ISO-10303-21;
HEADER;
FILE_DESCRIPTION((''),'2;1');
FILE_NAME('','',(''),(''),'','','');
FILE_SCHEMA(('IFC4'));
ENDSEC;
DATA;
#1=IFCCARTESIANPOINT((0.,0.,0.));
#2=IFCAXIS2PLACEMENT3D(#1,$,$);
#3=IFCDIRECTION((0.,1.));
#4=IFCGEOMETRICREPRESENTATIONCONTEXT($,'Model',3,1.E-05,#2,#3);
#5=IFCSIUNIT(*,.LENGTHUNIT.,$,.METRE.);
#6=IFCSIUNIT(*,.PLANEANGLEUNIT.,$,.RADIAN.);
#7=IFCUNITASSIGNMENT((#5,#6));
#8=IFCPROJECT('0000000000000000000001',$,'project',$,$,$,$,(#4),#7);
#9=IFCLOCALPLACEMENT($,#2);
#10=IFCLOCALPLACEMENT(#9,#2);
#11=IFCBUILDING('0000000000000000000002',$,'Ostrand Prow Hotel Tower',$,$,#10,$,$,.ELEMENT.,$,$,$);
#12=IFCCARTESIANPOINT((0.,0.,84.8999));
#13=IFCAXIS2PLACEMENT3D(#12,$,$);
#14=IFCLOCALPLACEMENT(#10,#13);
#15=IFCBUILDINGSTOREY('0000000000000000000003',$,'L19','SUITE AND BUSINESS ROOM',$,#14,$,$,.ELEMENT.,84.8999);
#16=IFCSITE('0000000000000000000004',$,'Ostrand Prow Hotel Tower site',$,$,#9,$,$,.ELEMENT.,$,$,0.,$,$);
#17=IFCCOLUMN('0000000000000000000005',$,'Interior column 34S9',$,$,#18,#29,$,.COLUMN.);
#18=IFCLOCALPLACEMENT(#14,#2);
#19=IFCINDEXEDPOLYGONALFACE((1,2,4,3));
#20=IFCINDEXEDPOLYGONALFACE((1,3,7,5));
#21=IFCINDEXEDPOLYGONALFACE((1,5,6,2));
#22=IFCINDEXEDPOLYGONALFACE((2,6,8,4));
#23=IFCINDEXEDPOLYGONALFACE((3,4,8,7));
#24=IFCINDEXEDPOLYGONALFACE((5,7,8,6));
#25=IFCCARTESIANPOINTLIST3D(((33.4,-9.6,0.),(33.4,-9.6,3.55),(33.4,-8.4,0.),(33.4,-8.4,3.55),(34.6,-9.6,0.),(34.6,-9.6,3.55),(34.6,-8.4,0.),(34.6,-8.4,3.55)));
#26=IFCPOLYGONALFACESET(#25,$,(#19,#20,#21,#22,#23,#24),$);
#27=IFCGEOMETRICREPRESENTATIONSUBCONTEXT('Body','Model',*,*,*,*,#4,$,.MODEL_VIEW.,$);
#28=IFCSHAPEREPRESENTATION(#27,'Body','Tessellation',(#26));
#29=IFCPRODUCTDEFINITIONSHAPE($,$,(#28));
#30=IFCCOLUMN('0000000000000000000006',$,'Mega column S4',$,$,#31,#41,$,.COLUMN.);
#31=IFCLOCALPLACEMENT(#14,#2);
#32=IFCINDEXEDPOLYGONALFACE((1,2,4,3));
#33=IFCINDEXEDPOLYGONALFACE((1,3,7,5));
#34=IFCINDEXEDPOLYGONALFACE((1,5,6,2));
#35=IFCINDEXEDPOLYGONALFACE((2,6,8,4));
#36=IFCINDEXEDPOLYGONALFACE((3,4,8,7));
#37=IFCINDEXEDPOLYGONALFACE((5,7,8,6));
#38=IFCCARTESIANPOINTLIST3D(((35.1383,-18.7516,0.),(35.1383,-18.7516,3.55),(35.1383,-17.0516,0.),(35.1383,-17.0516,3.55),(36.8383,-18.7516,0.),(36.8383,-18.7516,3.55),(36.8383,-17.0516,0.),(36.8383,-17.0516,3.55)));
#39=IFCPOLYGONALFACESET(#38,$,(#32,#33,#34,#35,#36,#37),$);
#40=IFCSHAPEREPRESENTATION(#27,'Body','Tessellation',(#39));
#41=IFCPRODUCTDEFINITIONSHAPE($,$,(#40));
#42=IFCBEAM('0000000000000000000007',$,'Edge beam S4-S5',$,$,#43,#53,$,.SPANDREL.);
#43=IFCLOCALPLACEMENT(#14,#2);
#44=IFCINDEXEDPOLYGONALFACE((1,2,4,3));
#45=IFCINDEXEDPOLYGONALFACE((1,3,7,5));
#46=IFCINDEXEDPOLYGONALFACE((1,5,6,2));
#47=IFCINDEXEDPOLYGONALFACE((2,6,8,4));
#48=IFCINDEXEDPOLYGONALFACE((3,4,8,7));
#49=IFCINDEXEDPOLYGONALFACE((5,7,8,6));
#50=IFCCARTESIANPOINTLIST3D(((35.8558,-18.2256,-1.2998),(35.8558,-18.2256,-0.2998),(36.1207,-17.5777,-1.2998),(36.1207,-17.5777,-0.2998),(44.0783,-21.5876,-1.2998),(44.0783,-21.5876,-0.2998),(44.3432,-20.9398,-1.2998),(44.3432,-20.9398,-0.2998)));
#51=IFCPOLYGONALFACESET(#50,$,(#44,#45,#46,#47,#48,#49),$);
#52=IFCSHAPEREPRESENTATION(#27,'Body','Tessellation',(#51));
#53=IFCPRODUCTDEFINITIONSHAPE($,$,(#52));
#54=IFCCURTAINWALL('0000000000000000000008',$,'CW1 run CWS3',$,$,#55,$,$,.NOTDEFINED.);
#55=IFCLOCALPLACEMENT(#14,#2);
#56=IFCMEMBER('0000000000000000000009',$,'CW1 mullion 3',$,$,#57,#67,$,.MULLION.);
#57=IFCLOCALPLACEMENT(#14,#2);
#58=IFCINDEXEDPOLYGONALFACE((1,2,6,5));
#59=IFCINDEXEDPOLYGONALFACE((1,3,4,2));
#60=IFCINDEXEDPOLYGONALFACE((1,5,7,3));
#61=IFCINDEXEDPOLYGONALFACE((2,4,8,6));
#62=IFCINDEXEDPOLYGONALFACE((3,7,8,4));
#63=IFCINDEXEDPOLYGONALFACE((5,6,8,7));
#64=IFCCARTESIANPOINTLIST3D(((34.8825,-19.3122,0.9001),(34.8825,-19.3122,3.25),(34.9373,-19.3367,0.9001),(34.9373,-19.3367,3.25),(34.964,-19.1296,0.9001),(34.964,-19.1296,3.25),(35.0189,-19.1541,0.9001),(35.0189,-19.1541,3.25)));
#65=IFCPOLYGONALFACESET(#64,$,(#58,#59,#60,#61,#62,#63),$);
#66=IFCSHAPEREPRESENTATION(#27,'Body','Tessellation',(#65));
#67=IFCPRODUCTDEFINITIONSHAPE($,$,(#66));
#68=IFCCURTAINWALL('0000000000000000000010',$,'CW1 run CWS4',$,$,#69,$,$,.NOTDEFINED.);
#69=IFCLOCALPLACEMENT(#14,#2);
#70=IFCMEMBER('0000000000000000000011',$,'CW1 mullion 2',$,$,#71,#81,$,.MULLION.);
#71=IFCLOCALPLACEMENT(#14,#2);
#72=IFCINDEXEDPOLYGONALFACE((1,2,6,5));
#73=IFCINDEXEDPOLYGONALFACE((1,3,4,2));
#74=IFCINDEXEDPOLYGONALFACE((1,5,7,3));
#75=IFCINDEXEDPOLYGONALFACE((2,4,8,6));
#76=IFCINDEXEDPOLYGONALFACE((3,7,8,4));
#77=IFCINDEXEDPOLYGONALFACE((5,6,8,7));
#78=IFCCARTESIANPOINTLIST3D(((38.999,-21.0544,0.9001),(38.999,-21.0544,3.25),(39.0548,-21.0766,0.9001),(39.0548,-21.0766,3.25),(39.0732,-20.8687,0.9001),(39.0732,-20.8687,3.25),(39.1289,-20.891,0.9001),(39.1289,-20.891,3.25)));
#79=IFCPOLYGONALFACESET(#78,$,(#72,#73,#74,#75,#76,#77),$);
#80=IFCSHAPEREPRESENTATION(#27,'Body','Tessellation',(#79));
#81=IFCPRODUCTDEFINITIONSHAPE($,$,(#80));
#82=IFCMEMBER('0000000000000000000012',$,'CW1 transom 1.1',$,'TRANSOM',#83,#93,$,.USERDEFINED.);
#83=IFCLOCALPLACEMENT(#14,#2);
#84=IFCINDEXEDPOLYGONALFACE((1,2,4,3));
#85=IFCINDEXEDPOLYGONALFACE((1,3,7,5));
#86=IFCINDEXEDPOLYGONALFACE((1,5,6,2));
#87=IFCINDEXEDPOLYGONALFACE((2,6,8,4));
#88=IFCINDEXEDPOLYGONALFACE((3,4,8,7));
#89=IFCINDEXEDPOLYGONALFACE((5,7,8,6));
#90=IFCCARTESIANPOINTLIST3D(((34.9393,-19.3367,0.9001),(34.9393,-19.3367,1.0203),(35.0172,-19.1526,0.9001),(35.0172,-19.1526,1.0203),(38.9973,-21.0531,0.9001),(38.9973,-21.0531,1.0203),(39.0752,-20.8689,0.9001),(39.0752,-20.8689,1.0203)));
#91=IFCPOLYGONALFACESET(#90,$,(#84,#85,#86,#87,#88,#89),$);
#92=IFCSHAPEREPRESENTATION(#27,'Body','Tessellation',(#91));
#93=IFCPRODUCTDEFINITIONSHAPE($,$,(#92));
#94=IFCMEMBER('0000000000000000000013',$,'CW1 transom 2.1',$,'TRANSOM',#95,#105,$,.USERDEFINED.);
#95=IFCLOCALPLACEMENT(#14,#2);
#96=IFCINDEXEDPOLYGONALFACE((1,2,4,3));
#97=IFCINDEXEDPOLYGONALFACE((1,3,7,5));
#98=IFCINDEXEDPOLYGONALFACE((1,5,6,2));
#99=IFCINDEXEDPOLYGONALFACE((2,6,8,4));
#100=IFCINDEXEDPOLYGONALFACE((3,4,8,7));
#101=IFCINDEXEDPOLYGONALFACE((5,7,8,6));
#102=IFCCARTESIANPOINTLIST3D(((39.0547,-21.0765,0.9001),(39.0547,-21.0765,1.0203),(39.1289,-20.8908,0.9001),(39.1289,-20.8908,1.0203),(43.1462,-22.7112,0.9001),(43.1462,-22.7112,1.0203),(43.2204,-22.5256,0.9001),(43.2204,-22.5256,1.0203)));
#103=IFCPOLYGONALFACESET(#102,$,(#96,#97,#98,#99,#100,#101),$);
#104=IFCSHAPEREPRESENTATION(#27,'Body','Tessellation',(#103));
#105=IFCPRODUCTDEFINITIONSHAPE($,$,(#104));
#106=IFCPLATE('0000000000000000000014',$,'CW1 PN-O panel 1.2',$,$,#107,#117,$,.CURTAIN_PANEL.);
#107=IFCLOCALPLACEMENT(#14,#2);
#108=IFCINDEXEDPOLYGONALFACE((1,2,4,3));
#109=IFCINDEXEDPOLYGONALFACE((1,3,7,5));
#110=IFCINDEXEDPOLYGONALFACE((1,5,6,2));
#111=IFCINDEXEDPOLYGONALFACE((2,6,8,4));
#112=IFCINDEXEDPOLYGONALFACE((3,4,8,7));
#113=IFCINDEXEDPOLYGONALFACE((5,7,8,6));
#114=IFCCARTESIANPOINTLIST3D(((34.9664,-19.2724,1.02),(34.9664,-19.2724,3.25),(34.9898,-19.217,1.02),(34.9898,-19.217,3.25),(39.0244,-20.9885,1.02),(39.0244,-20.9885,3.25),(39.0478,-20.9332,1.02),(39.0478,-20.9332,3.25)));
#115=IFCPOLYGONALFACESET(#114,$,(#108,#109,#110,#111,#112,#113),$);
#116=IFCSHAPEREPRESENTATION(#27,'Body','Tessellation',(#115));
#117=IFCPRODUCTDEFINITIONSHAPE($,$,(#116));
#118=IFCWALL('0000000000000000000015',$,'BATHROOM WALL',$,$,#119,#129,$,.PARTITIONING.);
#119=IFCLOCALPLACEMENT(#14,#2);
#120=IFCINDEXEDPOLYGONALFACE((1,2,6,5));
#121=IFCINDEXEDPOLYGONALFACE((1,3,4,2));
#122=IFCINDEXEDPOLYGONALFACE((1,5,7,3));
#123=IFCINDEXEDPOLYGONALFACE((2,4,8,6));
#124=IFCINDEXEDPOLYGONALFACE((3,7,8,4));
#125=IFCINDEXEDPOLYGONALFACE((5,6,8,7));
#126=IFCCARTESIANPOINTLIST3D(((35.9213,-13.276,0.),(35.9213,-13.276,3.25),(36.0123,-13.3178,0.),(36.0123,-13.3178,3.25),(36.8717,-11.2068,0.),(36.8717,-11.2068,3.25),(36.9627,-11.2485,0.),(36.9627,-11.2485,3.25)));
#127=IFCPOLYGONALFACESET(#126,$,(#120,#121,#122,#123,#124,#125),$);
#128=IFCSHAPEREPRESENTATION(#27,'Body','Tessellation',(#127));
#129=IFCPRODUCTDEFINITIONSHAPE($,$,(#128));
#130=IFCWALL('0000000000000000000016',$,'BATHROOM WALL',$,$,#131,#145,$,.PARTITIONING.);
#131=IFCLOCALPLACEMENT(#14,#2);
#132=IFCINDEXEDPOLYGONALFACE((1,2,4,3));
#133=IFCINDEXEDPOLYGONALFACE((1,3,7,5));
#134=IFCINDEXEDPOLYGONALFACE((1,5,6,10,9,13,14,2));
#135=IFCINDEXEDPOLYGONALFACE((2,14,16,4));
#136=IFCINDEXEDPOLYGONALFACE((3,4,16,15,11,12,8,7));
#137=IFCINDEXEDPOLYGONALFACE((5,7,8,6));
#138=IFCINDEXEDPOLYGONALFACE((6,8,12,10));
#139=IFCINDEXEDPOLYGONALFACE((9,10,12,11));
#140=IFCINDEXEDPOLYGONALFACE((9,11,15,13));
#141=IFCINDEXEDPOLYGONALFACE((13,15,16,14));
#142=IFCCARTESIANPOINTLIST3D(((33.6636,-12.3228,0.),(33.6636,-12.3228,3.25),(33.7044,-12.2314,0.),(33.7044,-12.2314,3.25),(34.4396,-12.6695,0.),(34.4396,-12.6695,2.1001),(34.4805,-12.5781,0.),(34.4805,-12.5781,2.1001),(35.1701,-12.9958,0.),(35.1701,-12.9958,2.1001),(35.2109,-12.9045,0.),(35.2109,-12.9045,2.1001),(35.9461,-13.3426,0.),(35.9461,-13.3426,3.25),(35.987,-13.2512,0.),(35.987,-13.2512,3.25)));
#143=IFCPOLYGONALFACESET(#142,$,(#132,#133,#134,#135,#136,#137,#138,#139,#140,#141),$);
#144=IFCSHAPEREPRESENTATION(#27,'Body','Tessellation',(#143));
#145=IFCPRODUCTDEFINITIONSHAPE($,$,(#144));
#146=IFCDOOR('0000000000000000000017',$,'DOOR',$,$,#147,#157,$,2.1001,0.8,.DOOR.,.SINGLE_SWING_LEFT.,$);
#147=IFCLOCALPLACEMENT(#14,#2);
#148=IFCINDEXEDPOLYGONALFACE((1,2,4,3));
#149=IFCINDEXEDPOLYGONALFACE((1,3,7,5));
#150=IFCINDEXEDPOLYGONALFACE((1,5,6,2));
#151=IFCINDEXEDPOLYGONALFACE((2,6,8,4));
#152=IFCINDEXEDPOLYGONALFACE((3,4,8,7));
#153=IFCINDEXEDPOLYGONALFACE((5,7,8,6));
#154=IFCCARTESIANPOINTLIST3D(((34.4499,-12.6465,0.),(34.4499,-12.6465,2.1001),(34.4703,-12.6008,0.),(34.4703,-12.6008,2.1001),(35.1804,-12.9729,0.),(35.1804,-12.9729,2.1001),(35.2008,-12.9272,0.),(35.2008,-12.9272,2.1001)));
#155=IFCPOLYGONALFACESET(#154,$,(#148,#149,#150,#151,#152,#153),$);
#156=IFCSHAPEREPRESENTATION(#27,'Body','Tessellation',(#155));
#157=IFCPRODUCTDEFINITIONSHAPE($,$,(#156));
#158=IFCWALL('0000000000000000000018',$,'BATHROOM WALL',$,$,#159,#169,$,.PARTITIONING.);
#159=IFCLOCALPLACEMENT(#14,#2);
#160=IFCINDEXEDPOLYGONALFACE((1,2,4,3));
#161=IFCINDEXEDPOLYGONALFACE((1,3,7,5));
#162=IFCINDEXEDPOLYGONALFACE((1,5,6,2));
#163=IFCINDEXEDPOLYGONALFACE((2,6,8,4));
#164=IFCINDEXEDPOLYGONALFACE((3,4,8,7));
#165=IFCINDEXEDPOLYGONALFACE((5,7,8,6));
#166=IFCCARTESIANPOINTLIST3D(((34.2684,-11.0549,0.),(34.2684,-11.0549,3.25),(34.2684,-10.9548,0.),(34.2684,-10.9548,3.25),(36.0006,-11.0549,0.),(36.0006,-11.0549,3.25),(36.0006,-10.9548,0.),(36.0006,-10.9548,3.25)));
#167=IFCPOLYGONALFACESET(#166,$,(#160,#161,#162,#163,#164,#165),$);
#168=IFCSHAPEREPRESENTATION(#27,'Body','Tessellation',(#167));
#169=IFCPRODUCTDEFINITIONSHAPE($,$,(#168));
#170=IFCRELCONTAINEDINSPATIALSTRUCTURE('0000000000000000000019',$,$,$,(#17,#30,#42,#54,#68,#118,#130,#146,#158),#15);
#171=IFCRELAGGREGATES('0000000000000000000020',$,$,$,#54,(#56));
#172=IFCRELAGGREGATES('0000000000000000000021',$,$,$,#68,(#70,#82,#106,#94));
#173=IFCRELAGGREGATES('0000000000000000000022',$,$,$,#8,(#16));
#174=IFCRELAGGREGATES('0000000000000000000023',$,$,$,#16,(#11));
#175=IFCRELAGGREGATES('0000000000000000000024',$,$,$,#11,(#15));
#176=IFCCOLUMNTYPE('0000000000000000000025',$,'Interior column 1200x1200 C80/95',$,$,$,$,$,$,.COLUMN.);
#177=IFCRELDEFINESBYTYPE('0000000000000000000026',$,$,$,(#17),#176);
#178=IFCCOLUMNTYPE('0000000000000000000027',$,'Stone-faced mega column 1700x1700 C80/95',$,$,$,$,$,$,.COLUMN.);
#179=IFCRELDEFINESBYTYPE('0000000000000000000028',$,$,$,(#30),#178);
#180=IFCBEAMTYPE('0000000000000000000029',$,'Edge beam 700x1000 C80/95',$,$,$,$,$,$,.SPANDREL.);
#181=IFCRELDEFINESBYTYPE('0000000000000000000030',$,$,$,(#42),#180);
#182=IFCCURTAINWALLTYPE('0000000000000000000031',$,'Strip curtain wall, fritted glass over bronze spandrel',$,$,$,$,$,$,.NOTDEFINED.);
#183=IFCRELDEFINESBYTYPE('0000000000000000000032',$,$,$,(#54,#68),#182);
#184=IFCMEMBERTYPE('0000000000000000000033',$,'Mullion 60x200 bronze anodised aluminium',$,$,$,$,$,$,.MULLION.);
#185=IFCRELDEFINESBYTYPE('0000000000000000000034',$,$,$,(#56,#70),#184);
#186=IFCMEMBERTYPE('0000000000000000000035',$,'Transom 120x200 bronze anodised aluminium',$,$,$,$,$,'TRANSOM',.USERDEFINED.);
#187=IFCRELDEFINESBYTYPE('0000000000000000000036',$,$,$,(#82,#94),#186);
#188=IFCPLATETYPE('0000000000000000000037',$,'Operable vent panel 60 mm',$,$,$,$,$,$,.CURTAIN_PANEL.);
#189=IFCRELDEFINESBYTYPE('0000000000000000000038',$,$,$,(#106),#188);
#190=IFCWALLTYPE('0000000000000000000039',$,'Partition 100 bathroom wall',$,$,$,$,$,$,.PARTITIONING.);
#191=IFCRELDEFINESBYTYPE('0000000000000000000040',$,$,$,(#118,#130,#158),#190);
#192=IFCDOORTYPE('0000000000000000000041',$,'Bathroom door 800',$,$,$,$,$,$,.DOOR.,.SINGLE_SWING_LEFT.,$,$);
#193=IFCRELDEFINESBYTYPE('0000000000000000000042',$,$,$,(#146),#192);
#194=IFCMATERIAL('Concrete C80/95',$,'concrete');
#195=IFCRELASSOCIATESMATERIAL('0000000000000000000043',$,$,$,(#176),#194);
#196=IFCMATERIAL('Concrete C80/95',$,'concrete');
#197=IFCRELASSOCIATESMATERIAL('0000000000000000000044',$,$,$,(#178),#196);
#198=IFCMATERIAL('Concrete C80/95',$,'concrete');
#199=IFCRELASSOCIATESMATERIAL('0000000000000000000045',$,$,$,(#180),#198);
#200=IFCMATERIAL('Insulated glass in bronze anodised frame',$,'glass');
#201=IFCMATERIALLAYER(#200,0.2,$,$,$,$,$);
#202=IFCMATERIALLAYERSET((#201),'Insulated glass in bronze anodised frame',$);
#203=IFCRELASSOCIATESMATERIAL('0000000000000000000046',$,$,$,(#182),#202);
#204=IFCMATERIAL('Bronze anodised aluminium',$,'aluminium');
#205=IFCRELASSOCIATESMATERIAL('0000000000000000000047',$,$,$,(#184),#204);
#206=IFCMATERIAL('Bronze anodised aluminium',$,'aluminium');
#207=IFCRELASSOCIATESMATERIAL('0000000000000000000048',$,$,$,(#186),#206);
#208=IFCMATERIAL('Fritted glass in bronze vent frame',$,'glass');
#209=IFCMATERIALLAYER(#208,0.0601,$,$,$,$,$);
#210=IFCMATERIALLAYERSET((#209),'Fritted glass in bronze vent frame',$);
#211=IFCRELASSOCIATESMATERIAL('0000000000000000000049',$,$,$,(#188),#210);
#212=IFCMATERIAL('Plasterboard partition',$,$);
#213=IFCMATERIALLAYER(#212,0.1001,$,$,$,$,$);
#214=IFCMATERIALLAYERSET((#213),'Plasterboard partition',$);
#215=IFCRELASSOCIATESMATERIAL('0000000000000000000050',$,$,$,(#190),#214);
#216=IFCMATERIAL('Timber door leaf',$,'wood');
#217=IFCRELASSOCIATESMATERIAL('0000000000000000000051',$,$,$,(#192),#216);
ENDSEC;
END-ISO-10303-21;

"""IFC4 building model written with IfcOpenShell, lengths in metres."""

from ifc_helpers import new_model, si_unit, direction, frame, frame_2d, origin, origin_2d, place, context, subcontext, project, spatial, rectangle, extrude, material, layer, layer_set, material_profile, profile_set, type_object, element, fill, aggregate, save


model = new_model("IFC4")

# Units and contexts
model_context = context("Model", 3, precision=1e-05, world=origin(), true_north=direction((0.0, 1.0)))
body_context = subcontext(model_context, "Body", "Model", "MODEL_VIEW")
ifc_project = project(units=[si_unit("LENGTHUNIT", "METRE"), si_unit("PLANEANGLEUNIT", "RADIAN")], contexts=[model_context])

# Site, building, storey
site_placement = place(None, origin())
site = spatial("IfcSite", under=ifc_project, at=site_placement, Name="Ostrand Prow Hotel Tower site", CompositionType="ELEMENT", RefElevation=0.0)
building_placement = place(site_placement, origin())
building = spatial("IfcBuilding", under=site, at=building_placement, Name="Ostrand Prow Hotel Tower", CompositionType="ELEMENT")
storey_placement = place(building_placement, frame((0.0, 0.0, 84.8999)))
storey = spatial("IfcBuildingStorey", under=building, at=storey_placement, Name="L19", Description="SUITE AND BUSINESS ROOM", CompositionType="ELEMENT", Elevation=84.8999)

# Columns
ifc_material_1 = material(Name="Concrete C80/95", Category="concrete")
ifc_material_profile_1 = material_profile(ifc_material_1, rectangle(XDim=1.2, YDim=1.2, at=origin_2d()), Name="RC 1200x1200")
ifc_profile_set_1 = profile_set([ifc_material_profile_1], Name="Concrete C80/95")
column_type_1 = type_object("IfcColumnType", Name="Interior column 1200x1200 C80/95", PredefinedType="COLUMN", material=ifc_profile_set_1)
column_1_placement = place(storey_placement, frame((34.0, -9.0, 0.0), z_axis=(0.0, 0.0, 1.0), x_axis=(1.0, 0.0, 0.0)))
element("IfcColumn", 1, at=column_1_placement, inside=storey, type_object=column_type_1, Name="Interior column 34S9", PredefinedType="COLUMN", context=body_context, shape_type="SweptSolid", body=[
    extrude(rectangle(XDim=1.2, YDim=1.2, at=origin_2d()), origin(), (0.0, 0.0, 1.0), 3.55),
])
ifc_material_2 = material(Name="Concrete C80/95", Category="concrete")
ifc_material_profile_2 = material_profile(ifc_material_2, rectangle(XDim=1.7, YDim=1.7, at=origin_2d()), Name="RC 1700x1700")
ifc_profile_set_2 = profile_set([ifc_material_profile_2], Name="Concrete C80/95")
column_type_2 = type_object("IfcColumnType", Name="Stone-faced mega column 1700x1700 C80/95", PredefinedType="COLUMN", material=ifc_profile_set_2)
column_2_placement = place(storey_placement, frame((35.9883, -17.9016, 0.0), z_axis=(0.0, 0.0, 1.0), x_axis=(1.0, 0.0, 0.0)))
element("IfcColumn", 2, at=column_2_placement, inside=storey, type_object=column_type_2, Name="Mega column S4", PredefinedType="COLUMN", context=body_context, shape_type="SweptSolid", body=[
    extrude(rectangle(XDim=1.7, YDim=1.7, at=origin_2d()), origin(), (0.0, 0.0, 1.0), 3.55),
])

# Beam
ifc_material_3 = material(Name="Concrete C80/95", Category="concrete")
ifc_material_profile_3 = material_profile(ifc_material_3, rectangle(XDim=0.7, YDim=1.0, at=origin_2d()), Name="RC 700x1000")
ifc_profile_set_3 = profile_set([ifc_material_profile_3], Name="Concrete C80/95")
beam_type = type_object("IfcBeamType", Name="Edge beam 700x1000 C80/95", PredefinedType="SPANDREL", material=ifc_profile_set_3)
beam_placement = place(storey_placement, frame((35.9883, -17.9016, -0.7998), z_axis=(0.925612, -0.378473, 0.0), x_axis=(0.378473, 0.925612, 0.0)))
element("IfcBeam", 3, at=beam_placement, inside=storey, type_object=beam_type, Name="Edge beam S4-S5", PredefinedType="SPANDREL", context=body_context, shape_type="SweptSolid", body=[
    extrude(rectangle(XDim=0.7, YDim=1.0, at=origin_2d()), origin(), (0.0, 0.0, 1.0), 8.8833),
])

# Curtain wall, member
ifc_material_4 = material(Name="Insulated glass in bronze anodised frame", Category="glass")
ifc_layer_1 = layer(ifc_material_4, 0.2)
ifc_layer_set_1 = layer_set([ifc_layer_1], Name="Insulated glass in bronze anodised frame")
curtain_wall_type = type_object("IfcCurtainWallType", Name="Strip curtain wall, fritted glass over bronze spandrel", PredefinedType="NOTDEFINED", material=ifc_layer_set_1)
curtain_wall_1_placement = place(storey_placement, origin())
curtain_wall_1 = element("IfcCurtainWall", 4, at=curtain_wall_1_placement, inside=storey, type_object=curtain_wall_type, Name="CW1 run CWS3", PredefinedType="NOTDEFINED")
ifc_material_5 = material(Name="Bronze anodised aluminium", Category="aluminium")
ifc_material_profile_4 = material_profile(ifc_material_5, rectangle(XDim=0.2, YDim=0.0601, at=origin_2d()), Name="Mullion 60x200 bronze anodised aluminium")
ifc_profile_set_4 = profile_set([ifc_material_profile_4], Name="Bronze anodised aluminium")
member_type_1 = type_object("IfcMemberType", Name="Mullion 60x200 bronze anodised aluminium", PredefinedType="MULLION", material=ifc_profile_set_4)
member_1_placement = place(storey_placement, frame((34.9507, -19.2332, 0.9001), z_axis=(0.0, 0.0, 1.0), x_axis=(0.407875, 0.913038, 0.0)))
member_1 = element("IfcMember", 5, at=member_1_placement, type_object=member_type_1, Name="CW1 mullion 3", PredefinedType="MULLION", context=body_context, shape_type="SweptSolid", body=[
    extrude(rectangle(XDim=0.2, YDim=0.0601, at=origin_2d()), origin(), (0.0, 0.0, 1.0), 2.3499),
])
aggregate(curtain_wall_1, [member_1])

# Curtain wall, members, plate
curtain_wall_2_placement = place(storey_placement, origin())
curtain_wall_2 = element("IfcCurtainWall", 6, at=curtain_wall_2_placement, inside=storey, type_object=curtain_wall_type, Name="CW1 run CWS4", PredefinedType="NOTDEFINED")
member_2_placement = place(storey_placement, frame((39.064, -20.9727, 0.9001), z_axis=(0.0, 0.0, 1.0), x_axis=(0.370982, 0.92864, 0.0)))
member_2 = element("IfcMember", 7, at=member_2_placement, type_object=member_type_1, Name="CW1 mullion 2", PredefinedType="MULLION", context=body_context, shape_type="SweptSolid", body=[
    extrude(rectangle(XDim=0.2, YDim=0.0601, at=origin_2d()), origin(), (0.0, 0.0, 1.0), 2.3499),
])
ifc_material_6 = material(Name="Bronze anodised aluminium", Category="aluminium")
ifc_material_profile_5 = material_profile(ifc_material_6, rectangle(XDim=0.2, YDim=0.1201, at=origin_2d()), Name="Transom 120x200 bronze anodised aluminium")
ifc_profile_set_5 = profile_set([ifc_material_profile_5], Name="Bronze anodised aluminium")
member_type_2 = type_object("IfcMemberType", Name="Transom 120x200 bronze anodised aluminium", ElementType="TRANSOM", PredefinedType="USERDEFINED", material=ifc_profile_set_5)
member_3_placement = place(storey_placement, frame((34.9783, -19.2446, 0.9602), z_axis=(0.921006, -0.389548, 0.0), x_axis=(0.389548, 0.921006, 0.0)))
member_3 = element("IfcMember", 8, at=member_3_placement, type_object=member_type_2, Name="CW1 transom 1.1", ObjectType="TRANSOM", PredefinedType="USERDEFINED", context=body_context, shape_type="SweptSolid", body=[
    extrude(rectangle(XDim=0.2, YDim=0.1201, at=origin_2d()), origin(), (0.0, 0.0, 1.0), 4.406),
])
member_4_placement = place(storey_placement, frame((39.0918, -20.9836, 0.9602), z_axis=(0.928622, -0.371028, 0.0), x_axis=(0.371028, 0.928622, 0.0)))
member_4 = element("IfcMember", 9, at=member_4_placement, type_object=member_type_2, Name="CW1 transom 2.1", ObjectType="TRANSOM", PredefinedType="USERDEFINED", context=body_context, shape_type="SweptSolid", body=[
    extrude(rectangle(XDim=0.2, YDim=0.1201, at=origin_2d()), origin(), (0.0, 0.0, 1.0), 4.406),
])
ifc_material_7 = material(Name="Fritted glass in bronze vent frame", Category="glass")
ifc_layer_2 = layer(ifc_material_7, 0.0601)
ifc_layer_set_2 = layer_set([ifc_layer_2], Name="Fritted glass in bronze vent frame")
plate_type = type_object("IfcPlateType", Name="Operable vent panel 60 mm", PredefinedType="CURTAIN_PANEL", material=ifc_layer_set_2)
plate_placement = place(storey_placement, frame((37.0071, -20.1028, 1.02), z_axis=(0.0, 0.0, 1.0), x_axis=(0.921024, -0.389507, 0.0)))
plate = element("IfcPlate", 10, at=plate_placement, type_object=plate_type, Name="CW1 PN-O panel 1.2", PredefinedType="CURTAIN_PANEL", context=body_context, shape_type="SweptSolid", body=[
    extrude(rectangle(XDim=4.406, YDim=0.0601, at=origin_2d()), origin(), (0.0, 0.0, 1.0), 2.23),
])
aggregate(curtain_wall_2, [member_2, member_3, plate, member_4])

# Wall
ifc_material_8 = material(Name="Plasterboard partition")
ifc_layer_3 = layer(ifc_material_8, 0.1001)
ifc_layer_set_3 = layer_set([ifc_layer_3], Name="Plasterboard partition")
wall_type_1 = type_object("IfcWallType", Name="Partition 100 bathroom wall", PredefinedType="PARTITIONING", material=ifc_layer_set_3)
wall_1_placement = place(storey_placement, frame((36.9172, -11.2275, 0.0), z_axis=(0.0, 0.0, 1.0), x_axis=(-0.417378, -0.908733, 0.0)))
element("IfcWall", 11, at=wall_1_placement, inside=storey, type_object=wall_type_1, Name="BATHROOM WALL", PredefinedType="PARTITIONING", context=body_context, shape_type="SweptSolid", body=[
    extrude(rectangle(XDim=2.2771, YDim=0.1001, at=frame_2d((1.1387, 0.0))), origin(), (0.0, 0.0, 1.0), 3.25),
])

# Wall, opening, door
wall_2_placement = place(storey_placement, frame((35.9666, -13.2969, 0.0), z_axis=(0.0, 0.0, 1.0), x_axis=(-0.913016, 0.407923, 0.0)))
wall_2 = element("IfcWall", 12, at=wall_2_placement, inside=storey, type_object=wall_type_1, Name="BATHROOM WALL", PredefinedType="PARTITIONING", context=body_context, shape_type="SweptSolid", body=[
    extrude(rectangle(XDim=2.5, YDim=0.1001, at=frame_2d((1.25, 0.0))), origin(), (0.0, 0.0, 1.0), 3.25),
])
opening_1_placement = place(wall_2_placement, frame((0.8501, 0.0, 0.0)))
opening_1 = element("IfcOpeningElement", 13, at=opening_1_placement, cuts=wall_2, PredefinedType="OPENING", context=body_context, shape_type="SweptSolid", body=[
    extrude(rectangle(XDim=0.8, YDim=2.1001, at=frame_2d((0.3999, 1.05))), frame((0.0, 0.0601, 0.0), z_axis=(0.0, -1.0, 0.0), x_axis=(1.0, 0.0, 0.0)), (0.0, 0.0, 1.0), 0.1201),
])
ifc_material_9 = material(Name="Timber door leaf", Category="wood")
door_type_1 = type_object("IfcDoorType", Name="Bathroom door 800", OperationType="SINGLE_SWING_LEFT", PredefinedType="DOOR", material=ifc_material_9)
door_1_placement = place(opening_1_placement, origin())
door_1 = element("IfcDoor", 14, at=door_1_placement, inside=storey, type_object=door_type_1, Name="DOOR", OperationType="SINGLE_SWING_LEFT", OverallHeight=2.1001, OverallWidth=0.8, PredefinedType="DOOR", context=body_context, shape_type="SweptSolid", body=[
    extrude(rectangle(XDim=0.8, YDim=2.1001, at=frame_2d((0.3999, 1.05))), frame((0.0, 0.0249, 0.0), z_axis=(0.0, -1.0, 0.0), x_axis=(1.0, 0.0, 0.0)), (0.0, 0.0, 1.0), 0.05),
])
fill(opening_1, door_1)

# Wall
wall_3_placement = place(storey_placement, frame((34.2683, -11.0049, 0.0), z_axis=(0.0, 0.0, 1.0), x_axis=(1.0, 0.0, 0.0)))
element("IfcWall", 15, at=wall_3_placement, inside=storey, type_object=wall_type_1, Name="BATHROOM WALL", PredefinedType="PARTITIONING", context=body_context, shape_type="SweptSolid", body=[
    extrude(rectangle(XDim=1.7322, YDim=0.1001, at=frame_2d((0.8662, 0.0))), origin(), (0.0, 0.0, 1.0), 3.25),
])

save(model, "model.ifc")
